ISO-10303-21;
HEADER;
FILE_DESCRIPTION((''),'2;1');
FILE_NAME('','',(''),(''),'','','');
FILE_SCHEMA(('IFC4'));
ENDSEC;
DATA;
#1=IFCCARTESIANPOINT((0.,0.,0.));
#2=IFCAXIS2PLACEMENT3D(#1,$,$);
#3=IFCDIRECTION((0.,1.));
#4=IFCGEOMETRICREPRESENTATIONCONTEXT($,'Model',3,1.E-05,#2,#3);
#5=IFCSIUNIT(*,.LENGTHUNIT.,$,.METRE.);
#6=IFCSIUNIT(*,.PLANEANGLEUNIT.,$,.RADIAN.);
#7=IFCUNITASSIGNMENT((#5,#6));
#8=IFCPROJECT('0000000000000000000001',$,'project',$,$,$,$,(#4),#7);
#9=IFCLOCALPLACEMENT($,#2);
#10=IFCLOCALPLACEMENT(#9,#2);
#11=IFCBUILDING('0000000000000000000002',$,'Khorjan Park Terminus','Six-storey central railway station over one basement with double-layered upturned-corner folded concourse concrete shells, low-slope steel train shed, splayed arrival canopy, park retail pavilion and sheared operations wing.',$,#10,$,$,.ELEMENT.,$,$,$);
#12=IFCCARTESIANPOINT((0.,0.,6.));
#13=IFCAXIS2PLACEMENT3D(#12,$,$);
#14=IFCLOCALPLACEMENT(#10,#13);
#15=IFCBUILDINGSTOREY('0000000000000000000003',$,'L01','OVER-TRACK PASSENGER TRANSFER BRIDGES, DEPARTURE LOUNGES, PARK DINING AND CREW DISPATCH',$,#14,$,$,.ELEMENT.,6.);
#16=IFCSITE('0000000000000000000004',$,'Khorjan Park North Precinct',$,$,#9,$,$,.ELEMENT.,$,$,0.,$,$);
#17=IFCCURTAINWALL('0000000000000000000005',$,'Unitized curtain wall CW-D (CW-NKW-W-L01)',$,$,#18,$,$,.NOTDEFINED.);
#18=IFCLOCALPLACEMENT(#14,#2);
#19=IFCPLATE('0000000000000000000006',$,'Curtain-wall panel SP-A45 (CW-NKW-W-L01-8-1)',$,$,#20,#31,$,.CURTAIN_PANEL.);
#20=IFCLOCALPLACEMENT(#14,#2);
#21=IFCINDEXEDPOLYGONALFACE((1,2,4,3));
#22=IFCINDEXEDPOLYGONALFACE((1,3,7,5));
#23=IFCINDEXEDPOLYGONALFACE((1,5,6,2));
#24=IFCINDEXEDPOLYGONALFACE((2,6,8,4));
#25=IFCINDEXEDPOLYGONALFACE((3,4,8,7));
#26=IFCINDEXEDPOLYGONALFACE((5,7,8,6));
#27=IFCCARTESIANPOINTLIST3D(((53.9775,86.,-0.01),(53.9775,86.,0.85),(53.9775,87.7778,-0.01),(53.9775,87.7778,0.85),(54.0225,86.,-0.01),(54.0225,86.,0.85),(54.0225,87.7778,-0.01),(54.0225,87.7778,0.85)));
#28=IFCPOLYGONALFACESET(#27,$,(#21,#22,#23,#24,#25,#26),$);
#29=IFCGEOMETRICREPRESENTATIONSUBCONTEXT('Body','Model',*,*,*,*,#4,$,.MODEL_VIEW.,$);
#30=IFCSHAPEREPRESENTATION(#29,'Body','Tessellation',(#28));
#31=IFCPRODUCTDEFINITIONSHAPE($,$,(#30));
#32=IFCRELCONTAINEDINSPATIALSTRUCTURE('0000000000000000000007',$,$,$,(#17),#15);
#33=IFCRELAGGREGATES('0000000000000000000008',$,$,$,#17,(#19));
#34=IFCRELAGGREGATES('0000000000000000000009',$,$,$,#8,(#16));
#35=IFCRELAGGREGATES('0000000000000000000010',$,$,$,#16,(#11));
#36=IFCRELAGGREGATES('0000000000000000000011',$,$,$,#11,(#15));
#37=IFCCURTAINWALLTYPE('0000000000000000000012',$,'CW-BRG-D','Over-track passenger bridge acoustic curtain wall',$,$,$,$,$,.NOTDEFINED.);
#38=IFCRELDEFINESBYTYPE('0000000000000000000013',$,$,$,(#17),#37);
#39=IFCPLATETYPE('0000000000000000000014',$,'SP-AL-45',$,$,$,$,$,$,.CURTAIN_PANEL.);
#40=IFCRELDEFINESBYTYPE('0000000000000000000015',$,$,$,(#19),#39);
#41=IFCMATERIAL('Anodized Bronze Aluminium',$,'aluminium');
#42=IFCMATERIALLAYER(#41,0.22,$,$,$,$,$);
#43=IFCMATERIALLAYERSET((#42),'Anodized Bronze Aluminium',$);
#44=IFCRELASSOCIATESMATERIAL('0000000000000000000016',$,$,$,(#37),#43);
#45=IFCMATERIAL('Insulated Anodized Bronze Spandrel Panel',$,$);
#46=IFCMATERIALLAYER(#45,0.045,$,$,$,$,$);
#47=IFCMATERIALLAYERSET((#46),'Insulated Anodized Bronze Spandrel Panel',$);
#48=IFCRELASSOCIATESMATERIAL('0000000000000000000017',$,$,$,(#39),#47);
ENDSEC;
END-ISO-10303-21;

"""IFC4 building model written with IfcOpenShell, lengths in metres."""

from ifc_helpers import new_model, si_unit, direction, frame, origin, origin_2d, place, context, subcontext, project, spatial, rectangle, extrude, material, layer, layer_set, type_object, element, aggregate, save


model = new_model("IFC4")

# Units and contexts
model_context = context("Model", 3, precision=1e-05, world=origin(), true_north=direction((0.0, 1.0)))
body_context = subcontext(model_context, "Body", "Model", "MODEL_VIEW")
ifc_project = project(units=[si_unit("LENGTHUNIT", "METRE"), si_unit("PLANEANGLEUNIT", "RADIAN")], contexts=[model_context])

# Site, building, storey
site_placement = place(None, origin())
site = spatial("IfcSite", under=ifc_project, at=site_placement, Name="Khorjan Park North Precinct", CompositionType="ELEMENT", RefElevation=0.0)
building_placement = place(site_placement, origin())
building = spatial("IfcBuilding", under=site, at=building_placement, Name="Khorjan Park Terminus", Description="Six-storey central railway station over one basement with double-layered upturned-corner folded concourse concrete shells, low-slope steel train shed, splayed arrival canopy, park retail pavilion and sheared operations wing.", CompositionType="ELEMENT")
storey_placement = place(building_placement, frame((0.0, 0.0, 6.0)))
storey = spatial("IfcBuildingStorey", under=building, at=storey_placement, Name="L01", Description="OVER-TRACK PASSENGER TRANSFER BRIDGES, DEPARTURE LOUNGES, PARK DINING AND CREW DISPATCH", CompositionType="ELEMENT", Elevation=6.0)

# Curtain wall
ifc_material_1 = material(Name="Anodized Bronze Aluminium", Category="aluminium")
ifc_layer_1 = layer(ifc_material_1, 0.22)
ifc_layer_set_1 = layer_set([ifc_layer_1], Name="Anodized Bronze Aluminium")
curtain_wall_type_1 = type_object("IfcCurtainWallType", Name="CW-BRG-D", Description="Over-track passenger bridge acoustic curtain wall", PredefinedType="NOTDEFINED", material=ifc_layer_set_1)
curtain_wall_1_placement = place(storey_placement, origin())
curtain_wall_1 = element("IfcCurtainWall", 1, at=curtain_wall_1_placement, inside=storey, type_object=curtain_wall_type_1, Name="Unitized curtain wall CW-D (CW-NKW-W-L01)", PredefinedType="NOTDEFINED")

# Plate
ifc_material_2 = material(Name="Insulated Anodized Bronze Spandrel Panel")
ifc_layer_2 = layer(ifc_material_2, 0.045)
ifc_layer_set_2 = layer_set([ifc_layer_2], Name="Insulated Anodized Bronze Spandrel Panel")
plate_type_1 = type_object("IfcPlateType", Name="SP-AL-45", PredefinedType="CURTAIN_PANEL", material=ifc_layer_set_2)
plate_1_placement = place(storey_placement, frame((54.0, 86.8889, -0.01), z_axis=(0.0, 0.0, 1.0), x_axis=(0.0, -1.0, 0.0)))
plate_1 = element("IfcPlate", 2, at=plate_1_placement, type_object=plate_type_1, Name="Curtain-wall panel SP-A45 (CW-NKW-W-L01-8-1)", PredefinedType="CURTAIN_PANEL", context=body_context, shape_type="SweptSolid", body=[
    extrude(rectangle(XDim=1.7778, YDim=0.045, at=origin_2d()), origin(), (0.0, 0.0, 1.0), 0.86),
])
aggregate(curtain_wall_1, [plate_1])

save(model, "model.ifc")
